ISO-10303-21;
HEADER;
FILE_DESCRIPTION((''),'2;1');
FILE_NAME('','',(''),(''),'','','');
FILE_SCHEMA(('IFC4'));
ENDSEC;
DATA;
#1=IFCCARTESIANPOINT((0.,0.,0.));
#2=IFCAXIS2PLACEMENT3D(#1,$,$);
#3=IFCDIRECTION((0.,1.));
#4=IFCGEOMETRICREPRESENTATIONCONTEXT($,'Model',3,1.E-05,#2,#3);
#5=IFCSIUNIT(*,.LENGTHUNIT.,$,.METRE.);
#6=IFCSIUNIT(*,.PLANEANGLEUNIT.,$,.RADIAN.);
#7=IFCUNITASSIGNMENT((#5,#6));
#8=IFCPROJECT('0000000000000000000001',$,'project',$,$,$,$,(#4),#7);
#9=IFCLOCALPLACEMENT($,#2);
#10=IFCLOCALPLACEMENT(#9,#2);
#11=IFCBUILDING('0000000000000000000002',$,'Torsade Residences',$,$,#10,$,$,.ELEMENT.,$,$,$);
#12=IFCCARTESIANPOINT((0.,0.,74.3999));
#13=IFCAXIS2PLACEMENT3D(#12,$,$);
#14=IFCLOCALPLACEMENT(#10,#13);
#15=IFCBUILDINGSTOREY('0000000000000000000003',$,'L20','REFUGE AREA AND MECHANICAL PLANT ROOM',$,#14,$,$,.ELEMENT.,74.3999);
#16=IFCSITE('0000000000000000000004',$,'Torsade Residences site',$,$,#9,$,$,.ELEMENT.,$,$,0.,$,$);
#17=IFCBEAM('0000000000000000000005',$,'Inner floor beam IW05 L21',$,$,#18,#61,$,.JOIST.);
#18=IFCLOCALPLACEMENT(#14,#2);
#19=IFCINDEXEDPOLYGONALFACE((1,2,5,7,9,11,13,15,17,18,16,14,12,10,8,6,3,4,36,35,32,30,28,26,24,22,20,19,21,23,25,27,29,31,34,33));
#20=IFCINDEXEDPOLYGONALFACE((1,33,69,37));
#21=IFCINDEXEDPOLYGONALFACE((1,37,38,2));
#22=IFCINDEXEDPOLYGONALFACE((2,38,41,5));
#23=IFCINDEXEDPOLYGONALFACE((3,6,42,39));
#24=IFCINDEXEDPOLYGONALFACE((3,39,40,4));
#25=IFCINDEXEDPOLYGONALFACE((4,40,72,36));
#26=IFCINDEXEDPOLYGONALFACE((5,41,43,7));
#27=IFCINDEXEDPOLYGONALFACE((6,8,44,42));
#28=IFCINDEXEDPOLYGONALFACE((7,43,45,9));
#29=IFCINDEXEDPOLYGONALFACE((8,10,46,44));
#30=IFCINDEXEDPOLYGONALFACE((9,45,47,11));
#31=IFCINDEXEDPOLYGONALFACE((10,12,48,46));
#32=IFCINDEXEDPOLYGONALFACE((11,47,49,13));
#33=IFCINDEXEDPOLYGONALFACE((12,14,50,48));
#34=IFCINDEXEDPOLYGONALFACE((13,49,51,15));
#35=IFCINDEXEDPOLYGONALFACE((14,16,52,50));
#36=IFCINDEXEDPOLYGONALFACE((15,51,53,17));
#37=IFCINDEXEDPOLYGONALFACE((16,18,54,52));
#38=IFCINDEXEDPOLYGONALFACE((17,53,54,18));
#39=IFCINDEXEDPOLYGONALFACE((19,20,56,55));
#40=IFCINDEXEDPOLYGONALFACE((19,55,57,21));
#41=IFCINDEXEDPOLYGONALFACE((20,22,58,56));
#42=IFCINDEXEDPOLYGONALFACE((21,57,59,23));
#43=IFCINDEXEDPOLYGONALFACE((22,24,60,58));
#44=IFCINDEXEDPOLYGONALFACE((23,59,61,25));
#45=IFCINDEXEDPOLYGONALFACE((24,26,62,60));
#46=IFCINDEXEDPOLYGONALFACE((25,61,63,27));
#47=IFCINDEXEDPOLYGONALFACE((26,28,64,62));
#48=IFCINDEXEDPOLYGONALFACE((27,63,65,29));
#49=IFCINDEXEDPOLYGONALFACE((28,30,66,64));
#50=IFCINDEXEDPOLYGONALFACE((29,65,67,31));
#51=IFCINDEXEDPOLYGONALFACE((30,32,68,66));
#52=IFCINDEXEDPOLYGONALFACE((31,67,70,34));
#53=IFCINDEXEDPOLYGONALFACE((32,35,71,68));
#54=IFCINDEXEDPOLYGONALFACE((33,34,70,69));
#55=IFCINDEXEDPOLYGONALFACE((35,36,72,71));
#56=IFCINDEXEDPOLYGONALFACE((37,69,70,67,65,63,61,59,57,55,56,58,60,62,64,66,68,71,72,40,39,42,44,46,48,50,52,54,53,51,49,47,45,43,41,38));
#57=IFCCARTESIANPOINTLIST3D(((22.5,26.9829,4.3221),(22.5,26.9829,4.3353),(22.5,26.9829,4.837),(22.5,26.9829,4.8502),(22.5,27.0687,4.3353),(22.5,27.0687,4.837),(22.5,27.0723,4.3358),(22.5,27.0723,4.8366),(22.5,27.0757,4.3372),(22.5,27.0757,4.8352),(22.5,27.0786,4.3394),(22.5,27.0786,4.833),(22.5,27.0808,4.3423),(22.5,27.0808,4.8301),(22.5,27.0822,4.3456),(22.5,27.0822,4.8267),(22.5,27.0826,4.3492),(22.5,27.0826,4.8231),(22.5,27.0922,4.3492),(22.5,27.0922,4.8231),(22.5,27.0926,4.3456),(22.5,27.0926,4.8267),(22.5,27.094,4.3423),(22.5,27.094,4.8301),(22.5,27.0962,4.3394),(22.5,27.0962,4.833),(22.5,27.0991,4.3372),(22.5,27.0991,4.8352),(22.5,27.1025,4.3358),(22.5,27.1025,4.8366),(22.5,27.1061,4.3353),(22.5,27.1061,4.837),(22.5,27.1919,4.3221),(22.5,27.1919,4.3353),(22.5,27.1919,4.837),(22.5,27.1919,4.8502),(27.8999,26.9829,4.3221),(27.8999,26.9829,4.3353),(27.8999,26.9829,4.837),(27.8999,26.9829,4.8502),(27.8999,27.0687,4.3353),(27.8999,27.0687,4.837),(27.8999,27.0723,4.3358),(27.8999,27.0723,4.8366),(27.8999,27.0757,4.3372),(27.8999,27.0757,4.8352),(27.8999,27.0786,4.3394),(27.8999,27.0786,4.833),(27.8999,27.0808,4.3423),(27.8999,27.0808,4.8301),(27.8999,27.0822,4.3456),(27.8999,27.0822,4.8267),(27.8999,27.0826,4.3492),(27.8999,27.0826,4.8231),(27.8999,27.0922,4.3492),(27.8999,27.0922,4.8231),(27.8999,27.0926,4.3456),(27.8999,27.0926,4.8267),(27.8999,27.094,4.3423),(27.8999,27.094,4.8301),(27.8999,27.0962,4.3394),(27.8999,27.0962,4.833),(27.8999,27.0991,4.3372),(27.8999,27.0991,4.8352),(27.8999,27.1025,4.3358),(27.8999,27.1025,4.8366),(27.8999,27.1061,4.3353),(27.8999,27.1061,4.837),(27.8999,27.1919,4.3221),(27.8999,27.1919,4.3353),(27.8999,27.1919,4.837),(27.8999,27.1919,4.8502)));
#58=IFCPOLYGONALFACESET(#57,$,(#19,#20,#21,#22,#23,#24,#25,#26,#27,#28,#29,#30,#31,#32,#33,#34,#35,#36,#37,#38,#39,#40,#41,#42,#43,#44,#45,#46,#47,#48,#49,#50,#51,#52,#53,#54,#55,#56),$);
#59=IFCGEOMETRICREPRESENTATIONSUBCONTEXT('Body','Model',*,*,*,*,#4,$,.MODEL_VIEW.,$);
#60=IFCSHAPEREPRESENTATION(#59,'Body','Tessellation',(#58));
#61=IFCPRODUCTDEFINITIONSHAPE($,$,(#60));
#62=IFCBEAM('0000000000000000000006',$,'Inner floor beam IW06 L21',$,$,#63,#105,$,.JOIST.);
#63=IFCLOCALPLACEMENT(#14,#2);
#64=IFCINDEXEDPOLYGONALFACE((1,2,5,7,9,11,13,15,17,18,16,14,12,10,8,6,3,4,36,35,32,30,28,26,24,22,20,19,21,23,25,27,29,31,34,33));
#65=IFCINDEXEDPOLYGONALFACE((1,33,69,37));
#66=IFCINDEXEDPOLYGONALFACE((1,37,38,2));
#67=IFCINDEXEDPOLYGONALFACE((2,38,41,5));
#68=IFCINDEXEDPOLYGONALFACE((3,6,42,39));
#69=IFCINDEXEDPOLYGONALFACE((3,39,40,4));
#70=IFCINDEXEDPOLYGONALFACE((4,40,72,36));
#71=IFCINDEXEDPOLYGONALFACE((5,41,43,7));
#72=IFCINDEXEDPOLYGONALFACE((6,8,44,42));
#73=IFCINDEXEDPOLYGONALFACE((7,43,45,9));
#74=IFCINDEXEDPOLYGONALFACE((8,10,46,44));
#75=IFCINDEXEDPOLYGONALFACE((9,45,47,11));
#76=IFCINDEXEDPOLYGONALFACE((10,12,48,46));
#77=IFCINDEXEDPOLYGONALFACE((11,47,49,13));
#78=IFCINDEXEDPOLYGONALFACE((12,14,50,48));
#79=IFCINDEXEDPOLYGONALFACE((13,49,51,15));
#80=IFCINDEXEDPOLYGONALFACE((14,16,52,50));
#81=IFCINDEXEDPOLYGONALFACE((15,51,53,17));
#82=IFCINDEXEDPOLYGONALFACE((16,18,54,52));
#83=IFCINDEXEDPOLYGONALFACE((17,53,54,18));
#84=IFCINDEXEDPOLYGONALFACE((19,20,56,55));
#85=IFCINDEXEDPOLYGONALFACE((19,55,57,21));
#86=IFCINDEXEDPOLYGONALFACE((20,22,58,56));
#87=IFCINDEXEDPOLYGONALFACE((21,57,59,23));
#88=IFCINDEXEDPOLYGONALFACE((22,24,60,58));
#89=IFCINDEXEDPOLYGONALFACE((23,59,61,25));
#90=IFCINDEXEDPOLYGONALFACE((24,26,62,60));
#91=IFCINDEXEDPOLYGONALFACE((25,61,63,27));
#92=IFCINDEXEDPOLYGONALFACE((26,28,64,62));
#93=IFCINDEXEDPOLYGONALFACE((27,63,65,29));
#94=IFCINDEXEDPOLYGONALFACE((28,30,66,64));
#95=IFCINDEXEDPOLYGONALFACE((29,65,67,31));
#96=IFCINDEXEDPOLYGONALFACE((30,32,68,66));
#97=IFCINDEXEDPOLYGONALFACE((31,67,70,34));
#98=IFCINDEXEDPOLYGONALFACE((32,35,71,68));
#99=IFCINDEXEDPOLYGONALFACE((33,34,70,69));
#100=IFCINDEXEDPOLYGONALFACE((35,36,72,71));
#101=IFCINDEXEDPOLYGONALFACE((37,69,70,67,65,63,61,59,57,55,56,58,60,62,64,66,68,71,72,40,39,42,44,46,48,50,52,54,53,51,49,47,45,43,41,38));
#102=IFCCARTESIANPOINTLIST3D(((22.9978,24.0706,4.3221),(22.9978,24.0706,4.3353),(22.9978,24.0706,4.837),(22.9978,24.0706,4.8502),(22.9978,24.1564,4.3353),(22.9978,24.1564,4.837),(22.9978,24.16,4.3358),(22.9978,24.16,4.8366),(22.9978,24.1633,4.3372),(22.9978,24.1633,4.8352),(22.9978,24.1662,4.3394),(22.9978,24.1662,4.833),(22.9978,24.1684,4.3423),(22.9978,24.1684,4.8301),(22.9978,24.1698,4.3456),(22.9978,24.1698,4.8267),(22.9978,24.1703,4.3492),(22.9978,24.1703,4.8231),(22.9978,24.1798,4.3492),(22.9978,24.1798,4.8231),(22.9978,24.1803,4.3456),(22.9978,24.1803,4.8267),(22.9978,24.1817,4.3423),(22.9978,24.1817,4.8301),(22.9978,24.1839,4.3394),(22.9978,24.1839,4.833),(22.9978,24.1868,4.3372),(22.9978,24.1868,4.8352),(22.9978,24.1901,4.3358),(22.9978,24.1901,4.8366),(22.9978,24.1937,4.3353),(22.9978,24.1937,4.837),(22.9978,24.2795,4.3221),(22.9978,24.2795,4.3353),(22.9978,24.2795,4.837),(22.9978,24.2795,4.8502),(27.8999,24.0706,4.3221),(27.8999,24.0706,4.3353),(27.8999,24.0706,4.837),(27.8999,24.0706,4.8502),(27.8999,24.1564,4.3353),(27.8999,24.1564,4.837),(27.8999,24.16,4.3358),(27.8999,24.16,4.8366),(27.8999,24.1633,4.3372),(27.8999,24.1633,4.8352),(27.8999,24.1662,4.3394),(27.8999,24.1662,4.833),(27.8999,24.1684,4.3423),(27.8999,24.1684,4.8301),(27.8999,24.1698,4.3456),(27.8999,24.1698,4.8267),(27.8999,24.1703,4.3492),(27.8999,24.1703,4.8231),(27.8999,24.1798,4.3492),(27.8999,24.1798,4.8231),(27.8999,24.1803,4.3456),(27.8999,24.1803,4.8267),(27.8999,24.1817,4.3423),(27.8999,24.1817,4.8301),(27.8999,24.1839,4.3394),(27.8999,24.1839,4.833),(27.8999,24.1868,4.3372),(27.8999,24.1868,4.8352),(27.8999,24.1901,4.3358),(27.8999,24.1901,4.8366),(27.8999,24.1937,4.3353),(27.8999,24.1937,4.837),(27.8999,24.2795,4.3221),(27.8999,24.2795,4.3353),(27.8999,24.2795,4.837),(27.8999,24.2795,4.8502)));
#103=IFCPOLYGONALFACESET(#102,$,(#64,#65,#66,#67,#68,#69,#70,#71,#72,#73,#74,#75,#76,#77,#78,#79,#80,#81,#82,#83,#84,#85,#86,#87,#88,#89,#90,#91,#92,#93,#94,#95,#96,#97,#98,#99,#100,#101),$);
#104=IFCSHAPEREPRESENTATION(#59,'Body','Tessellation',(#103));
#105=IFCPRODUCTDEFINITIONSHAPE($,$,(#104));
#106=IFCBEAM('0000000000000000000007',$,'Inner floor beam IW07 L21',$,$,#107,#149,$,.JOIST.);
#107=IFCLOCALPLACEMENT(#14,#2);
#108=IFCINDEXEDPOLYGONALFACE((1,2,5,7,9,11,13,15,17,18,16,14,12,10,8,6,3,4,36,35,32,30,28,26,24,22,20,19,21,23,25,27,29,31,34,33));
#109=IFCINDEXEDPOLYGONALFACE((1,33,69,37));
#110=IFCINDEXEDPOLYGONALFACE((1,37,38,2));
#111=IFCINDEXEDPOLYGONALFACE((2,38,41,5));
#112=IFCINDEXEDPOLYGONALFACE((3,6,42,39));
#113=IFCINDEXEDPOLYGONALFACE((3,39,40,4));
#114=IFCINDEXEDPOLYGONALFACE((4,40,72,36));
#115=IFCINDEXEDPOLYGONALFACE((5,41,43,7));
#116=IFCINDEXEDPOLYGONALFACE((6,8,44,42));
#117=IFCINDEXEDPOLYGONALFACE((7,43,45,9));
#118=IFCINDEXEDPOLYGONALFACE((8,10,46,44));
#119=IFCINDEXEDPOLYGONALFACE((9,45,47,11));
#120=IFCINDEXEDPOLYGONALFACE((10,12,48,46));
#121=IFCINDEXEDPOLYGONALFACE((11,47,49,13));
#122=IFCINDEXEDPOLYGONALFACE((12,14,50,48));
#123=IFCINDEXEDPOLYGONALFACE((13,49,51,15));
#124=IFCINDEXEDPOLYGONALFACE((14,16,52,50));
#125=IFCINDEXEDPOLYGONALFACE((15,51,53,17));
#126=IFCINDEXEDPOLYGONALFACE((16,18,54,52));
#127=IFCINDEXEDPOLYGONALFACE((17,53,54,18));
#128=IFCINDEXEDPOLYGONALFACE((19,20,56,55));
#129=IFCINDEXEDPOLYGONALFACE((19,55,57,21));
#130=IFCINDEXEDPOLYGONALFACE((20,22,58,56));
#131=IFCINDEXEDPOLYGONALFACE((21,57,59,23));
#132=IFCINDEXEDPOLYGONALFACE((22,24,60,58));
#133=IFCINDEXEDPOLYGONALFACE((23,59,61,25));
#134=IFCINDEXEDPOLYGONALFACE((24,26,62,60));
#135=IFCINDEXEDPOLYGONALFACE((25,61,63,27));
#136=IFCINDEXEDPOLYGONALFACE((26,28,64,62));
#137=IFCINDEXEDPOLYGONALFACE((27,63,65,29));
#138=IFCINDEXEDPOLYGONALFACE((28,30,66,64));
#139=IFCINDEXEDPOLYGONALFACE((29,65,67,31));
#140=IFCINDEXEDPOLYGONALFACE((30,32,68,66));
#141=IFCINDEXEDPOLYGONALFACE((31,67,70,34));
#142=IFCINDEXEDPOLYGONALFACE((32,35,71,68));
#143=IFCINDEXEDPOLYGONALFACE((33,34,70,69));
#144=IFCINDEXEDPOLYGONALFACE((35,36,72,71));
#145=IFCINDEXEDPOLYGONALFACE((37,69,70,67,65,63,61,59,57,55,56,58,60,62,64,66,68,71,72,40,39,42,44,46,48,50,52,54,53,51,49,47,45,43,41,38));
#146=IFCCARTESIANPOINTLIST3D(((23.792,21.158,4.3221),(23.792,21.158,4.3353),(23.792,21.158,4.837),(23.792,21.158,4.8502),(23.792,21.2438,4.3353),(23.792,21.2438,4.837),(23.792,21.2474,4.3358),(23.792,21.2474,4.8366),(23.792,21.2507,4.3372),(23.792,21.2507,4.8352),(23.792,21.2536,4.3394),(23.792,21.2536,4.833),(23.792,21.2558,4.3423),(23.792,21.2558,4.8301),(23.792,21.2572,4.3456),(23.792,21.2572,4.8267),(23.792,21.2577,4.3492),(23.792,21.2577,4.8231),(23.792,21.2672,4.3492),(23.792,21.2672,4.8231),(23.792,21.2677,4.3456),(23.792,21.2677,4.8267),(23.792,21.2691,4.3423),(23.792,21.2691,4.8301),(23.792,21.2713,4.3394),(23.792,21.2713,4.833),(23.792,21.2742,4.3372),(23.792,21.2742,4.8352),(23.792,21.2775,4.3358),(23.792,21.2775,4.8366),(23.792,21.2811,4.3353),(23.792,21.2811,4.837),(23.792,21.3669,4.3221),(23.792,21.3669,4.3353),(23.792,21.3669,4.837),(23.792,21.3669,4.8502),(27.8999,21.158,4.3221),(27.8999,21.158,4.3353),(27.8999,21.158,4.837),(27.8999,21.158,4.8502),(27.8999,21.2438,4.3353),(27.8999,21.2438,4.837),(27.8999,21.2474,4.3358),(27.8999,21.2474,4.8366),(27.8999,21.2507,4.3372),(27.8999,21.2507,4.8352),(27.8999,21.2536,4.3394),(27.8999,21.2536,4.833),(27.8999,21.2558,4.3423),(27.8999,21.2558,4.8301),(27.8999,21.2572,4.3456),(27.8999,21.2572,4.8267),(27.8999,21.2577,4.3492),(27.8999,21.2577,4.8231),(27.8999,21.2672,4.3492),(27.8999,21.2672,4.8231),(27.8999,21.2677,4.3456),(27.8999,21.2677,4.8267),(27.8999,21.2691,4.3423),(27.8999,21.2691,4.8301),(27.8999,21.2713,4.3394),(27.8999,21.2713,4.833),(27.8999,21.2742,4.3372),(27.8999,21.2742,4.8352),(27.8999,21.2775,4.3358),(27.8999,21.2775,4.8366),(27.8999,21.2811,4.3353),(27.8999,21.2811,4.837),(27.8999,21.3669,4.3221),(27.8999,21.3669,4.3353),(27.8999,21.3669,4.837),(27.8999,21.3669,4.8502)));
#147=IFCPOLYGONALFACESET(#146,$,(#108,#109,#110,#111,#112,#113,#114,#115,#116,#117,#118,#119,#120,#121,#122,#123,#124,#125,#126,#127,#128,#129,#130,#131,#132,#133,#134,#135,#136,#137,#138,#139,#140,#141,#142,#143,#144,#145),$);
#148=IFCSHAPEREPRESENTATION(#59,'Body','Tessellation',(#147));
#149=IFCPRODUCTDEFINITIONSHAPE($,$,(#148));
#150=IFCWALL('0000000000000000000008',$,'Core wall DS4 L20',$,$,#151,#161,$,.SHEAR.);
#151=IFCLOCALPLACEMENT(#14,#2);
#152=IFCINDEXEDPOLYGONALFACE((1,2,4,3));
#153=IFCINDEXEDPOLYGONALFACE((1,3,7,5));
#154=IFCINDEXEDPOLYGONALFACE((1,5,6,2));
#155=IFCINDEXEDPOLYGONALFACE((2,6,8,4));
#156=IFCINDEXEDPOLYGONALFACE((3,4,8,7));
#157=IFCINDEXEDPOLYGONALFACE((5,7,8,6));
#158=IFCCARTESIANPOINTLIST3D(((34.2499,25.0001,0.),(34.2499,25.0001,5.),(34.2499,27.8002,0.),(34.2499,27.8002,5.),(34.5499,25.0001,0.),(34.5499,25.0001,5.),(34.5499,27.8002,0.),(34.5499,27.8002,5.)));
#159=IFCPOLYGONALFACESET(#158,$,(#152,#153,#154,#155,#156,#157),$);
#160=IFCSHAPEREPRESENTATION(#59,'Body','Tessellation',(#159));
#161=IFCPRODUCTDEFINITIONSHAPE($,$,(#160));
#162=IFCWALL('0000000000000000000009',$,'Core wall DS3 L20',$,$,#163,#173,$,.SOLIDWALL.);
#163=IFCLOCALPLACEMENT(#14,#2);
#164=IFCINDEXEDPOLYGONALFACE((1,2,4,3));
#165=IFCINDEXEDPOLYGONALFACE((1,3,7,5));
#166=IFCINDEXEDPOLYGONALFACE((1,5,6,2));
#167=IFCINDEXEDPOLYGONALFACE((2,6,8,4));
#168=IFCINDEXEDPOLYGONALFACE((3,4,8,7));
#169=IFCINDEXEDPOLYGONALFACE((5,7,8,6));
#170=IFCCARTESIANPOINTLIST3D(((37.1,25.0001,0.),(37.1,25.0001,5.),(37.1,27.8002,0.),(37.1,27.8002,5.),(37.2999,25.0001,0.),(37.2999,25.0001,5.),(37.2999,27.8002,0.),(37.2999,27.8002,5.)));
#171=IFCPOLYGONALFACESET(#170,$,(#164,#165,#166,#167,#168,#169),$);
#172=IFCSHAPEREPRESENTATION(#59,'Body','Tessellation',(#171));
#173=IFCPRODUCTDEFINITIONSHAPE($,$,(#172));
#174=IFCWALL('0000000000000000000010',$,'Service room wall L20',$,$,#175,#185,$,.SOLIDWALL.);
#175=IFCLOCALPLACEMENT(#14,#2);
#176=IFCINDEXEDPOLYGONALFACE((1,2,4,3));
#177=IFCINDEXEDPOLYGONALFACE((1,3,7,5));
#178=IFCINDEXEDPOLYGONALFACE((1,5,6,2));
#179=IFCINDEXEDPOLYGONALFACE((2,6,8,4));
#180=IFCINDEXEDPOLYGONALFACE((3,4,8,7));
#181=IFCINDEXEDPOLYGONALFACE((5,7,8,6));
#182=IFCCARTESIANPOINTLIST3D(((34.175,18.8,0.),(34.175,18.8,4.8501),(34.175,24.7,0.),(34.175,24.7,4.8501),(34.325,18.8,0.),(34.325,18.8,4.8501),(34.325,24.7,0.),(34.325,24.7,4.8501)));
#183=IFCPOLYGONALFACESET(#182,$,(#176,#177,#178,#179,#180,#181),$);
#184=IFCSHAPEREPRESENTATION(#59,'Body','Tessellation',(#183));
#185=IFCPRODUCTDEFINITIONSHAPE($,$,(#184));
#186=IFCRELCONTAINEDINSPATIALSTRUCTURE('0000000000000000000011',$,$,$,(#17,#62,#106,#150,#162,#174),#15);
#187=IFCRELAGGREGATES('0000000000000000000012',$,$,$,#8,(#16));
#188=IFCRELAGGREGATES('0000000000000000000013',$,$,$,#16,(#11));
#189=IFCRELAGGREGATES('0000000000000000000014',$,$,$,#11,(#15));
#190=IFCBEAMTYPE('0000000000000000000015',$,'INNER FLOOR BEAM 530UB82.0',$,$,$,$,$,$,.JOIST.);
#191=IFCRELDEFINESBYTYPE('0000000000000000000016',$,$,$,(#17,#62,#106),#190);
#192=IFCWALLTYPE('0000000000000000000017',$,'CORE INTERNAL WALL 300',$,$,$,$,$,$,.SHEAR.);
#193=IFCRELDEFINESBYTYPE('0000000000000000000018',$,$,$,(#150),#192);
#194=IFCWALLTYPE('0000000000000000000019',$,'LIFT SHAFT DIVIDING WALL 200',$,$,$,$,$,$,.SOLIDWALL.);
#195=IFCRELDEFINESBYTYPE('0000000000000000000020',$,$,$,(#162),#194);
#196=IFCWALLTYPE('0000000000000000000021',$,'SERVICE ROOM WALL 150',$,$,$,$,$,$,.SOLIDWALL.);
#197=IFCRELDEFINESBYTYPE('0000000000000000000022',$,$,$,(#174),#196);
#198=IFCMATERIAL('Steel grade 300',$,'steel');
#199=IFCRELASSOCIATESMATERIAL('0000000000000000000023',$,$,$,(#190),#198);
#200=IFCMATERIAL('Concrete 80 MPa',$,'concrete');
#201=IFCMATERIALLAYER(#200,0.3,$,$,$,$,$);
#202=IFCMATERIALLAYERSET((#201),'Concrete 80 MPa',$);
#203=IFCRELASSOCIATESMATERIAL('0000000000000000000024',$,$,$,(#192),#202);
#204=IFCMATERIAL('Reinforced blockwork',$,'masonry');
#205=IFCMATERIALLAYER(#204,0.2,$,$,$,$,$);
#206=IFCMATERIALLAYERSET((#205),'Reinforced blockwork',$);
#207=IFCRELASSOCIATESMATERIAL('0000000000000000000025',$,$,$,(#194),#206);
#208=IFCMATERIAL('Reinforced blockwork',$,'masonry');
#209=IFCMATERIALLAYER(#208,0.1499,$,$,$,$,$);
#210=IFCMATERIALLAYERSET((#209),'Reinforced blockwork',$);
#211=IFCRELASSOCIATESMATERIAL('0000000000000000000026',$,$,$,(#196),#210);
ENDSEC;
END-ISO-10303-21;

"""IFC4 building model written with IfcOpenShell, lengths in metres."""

from ifc_helpers import new_model, si_unit, direction, frame, frame_2d, origin, origin_2d, place, context, subcontext, project, spatial, rectangle, i_section, extrude, material, layer, layer_set, material_profile, profile_set, type_object, element, save


model = new_model("IFC4")

# Units and contexts
model_context = context("Model", 3, precision=1e-05, world=origin(), true_north=direction((0.0, 1.0)))
body_context = subcontext(model_context, "Body", "Model", "MODEL_VIEW")
ifc_project = project(units=[si_unit("LENGTHUNIT", "METRE"), si_unit("PLANEANGLEUNIT", "RADIAN")], contexts=[model_context])

# Site, building, storey
site_placement = place(None, origin())
site = spatial("IfcSite", under=ifc_project, at=site_placement, Name="Torsade Residences site", CompositionType="ELEMENT", RefElevation=0.0)
building_placement = place(site_placement, origin())
building = spatial("IfcBuilding", under=site, at=building_placement, Name="Torsade Residences", CompositionType="ELEMENT")
storey_placement = place(building_placement, frame((0.0, 0.0, 74.3999)))
storey = spatial("IfcBuildingStorey", under=building, at=storey_placement, Name="L20", Description="REFUGE AREA AND MECHANICAL PLANT ROOM", CompositionType="ELEMENT", Elevation=74.3999)

# Beams
ifc_material_1 = material(Name="Steel grade 300", Category="steel")
ifc_material_profile_1 = material_profile(ifc_material_1, i_section(OverallWidth=0.209, OverallDepth=0.5281, WebThickness=0.0095, FlangeThickness=0.0132, FilletRadius=0.0139, at=origin_2d()), Name="530UB82.0")
ifc_profile_set_1 = profile_set([ifc_material_profile_1], Name="Steel grade 300")
beam_type = type_object("IfcBeamType", Name="INNER FLOOR BEAM 530UB82.0", PredefinedType="JOIST", material=ifc_profile_set_1)
for number, where, z_axis, x_axis, name in (
    (1, (27.8999, 27.0874, 4.5862), (-1.0, 0.0, 0.0), (0.0, -1.0, 0.0), "Inner floor beam IW05 L21"),
):
    element("IfcBeam", number, at=place(storey_placement, frame(where, z_axis=z_axis, x_axis=x_axis)), inside=storey, type_object=beam_type, Name=name, PredefinedType="JOIST", context=body_context, shape_type="SweptSolid", body=[
        extrude(i_section(OverallWidth=0.209, OverallDepth=0.5281, WebThickness=0.0095, FlangeThickness=0.0132, FilletRadius=0.0139, at=origin_2d()), origin(), (0.0, 0.0, 1.0), 5.3999),
    ])
beam_1_placement = place(storey_placement, frame((27.8999, 24.175, 4.5862), z_axis=(-1.0, 0.0, 0.0), x_axis=(0.0, -1.0, 0.0)))
element("IfcBeam", 2, at=beam_1_placement, inside=storey, type_object=beam_type, Name="Inner floor beam IW06 L21", PredefinedType="JOIST", context=body_context, shape_type="SweptSolid", body=[
    extrude(i_section(OverallWidth=0.209, OverallDepth=0.5281, WebThickness=0.0095, FlangeThickness=0.0132, FilletRadius=0.0139, at=origin_2d()), origin(), (0.0, 0.0, 1.0), 4.9021),
])
beam_2_placement = place(storey_placement, frame((27.8999, 21.2625, 4.5862), z_axis=(-1.0, 0.0, 0.0), x_axis=(0.0, -1.0, 0.0)))
element("IfcBeam", 3, at=beam_2_placement, inside=storey, type_object=beam_type, Name="Inner floor beam IW07 L21", PredefinedType="JOIST", context=body_context, shape_type="SweptSolid", body=[
    extrude(i_section(OverallWidth=0.209, OverallDepth=0.5281, WebThickness=0.0095, FlangeThickness=0.0132, FilletRadius=0.0139, at=origin_2d()), origin(), (0.0, 0.0, 1.0), 4.1079),
])

# Walls
ifc_material_2 = material(Name="Concrete 80 MPa", Category="concrete")
ifc_layer_1 = layer(ifc_material_2, 0.3)
ifc_layer_set_1 = layer_set([ifc_layer_1], Name="Concrete 80 MPa")
wall_type_1 = type_object("IfcWallType", Name="CORE INTERNAL WALL 300", PredefinedType="SHEAR", material=ifc_layer_set_1)
wall_1_placement = place(storey_placement, frame((34.3999, 27.8, 0.0), z_axis=(0.0, 0.0, 1.0), x_axis=(0.0, -1.0, 0.0)))
element("IfcWall", 4, at=wall_1_placement, inside=storey, type_object=wall_type_1, Name="Core wall DS4 L20", PredefinedType="SHEAR", context=body_context, shape_type="SweptSolid", body=[
    extrude(rectangle(XDim=2.8, YDim=0.3, at=frame_2d((1.3999, 0.0))), origin(), (0.0, 0.0, 1.0), 5.0),
])
ifc_material_3 = material(Name="Reinforced blockwork", Category="masonry")
ifc_layer_2 = layer(ifc_material_3, 0.2)
ifc_layer_set_2 = layer_set([ifc_layer_2], Name="Reinforced blockwork")
wall_type_2 = type_object("IfcWallType", Name="LIFT SHAFT DIVIDING WALL 200", PredefinedType="SOLIDWALL", material=ifc_layer_set_2)
wall_2_placement = place(storey_placement, frame((37.2, 27.8, 0.0), z_axis=(0.0, 0.0, 1.0), x_axis=(0.0, -1.0, 0.0)))
element("IfcWall", 5, at=wall_2_placement, inside=storey, type_object=wall_type_2, Name="Core wall DS3 L20", PredefinedType="SOLIDWALL", context=body_context, shape_type="SweptSolid", body=[
    extrude(rectangle(XDim=2.8, YDim=0.2, at=frame_2d((1.3999, 0.0))), origin(), (0.0, 0.0, 1.0), 5.0),
])
ifc_material_4 = material(Name="Reinforced blockwork", Category="masonry")
ifc_layer_3 = layer(ifc_material_4, 0.1499)
ifc_layer_set_3 = layer_set([ifc_layer_3], Name="Reinforced blockwork")
wall_type_3 = type_object("IfcWallType", Name="SERVICE ROOM WALL 150", PredefinedType="SOLIDWALL", material=ifc_layer_set_3)
wall_3_placement = place(storey_placement, frame((34.25, 18.8, 0.0), z_axis=(0.0, 0.0, 1.0), x_axis=(0.0, 1.0, 0.0)))
element("IfcWall", 6, at=wall_3_placement, inside=storey, type_object=wall_type_3, Name="Service room wall L20", PredefinedType="SOLIDWALL", context=body_context, shape_type="SweptSolid", body=[
    extrude(rectangle(XDim=5.8999, YDim=0.1499, at=frame_2d((2.95, 0.0))), origin(), (0.0, 0.0, 1.0), 4.8501),
])

save(model, "model.ifc")
